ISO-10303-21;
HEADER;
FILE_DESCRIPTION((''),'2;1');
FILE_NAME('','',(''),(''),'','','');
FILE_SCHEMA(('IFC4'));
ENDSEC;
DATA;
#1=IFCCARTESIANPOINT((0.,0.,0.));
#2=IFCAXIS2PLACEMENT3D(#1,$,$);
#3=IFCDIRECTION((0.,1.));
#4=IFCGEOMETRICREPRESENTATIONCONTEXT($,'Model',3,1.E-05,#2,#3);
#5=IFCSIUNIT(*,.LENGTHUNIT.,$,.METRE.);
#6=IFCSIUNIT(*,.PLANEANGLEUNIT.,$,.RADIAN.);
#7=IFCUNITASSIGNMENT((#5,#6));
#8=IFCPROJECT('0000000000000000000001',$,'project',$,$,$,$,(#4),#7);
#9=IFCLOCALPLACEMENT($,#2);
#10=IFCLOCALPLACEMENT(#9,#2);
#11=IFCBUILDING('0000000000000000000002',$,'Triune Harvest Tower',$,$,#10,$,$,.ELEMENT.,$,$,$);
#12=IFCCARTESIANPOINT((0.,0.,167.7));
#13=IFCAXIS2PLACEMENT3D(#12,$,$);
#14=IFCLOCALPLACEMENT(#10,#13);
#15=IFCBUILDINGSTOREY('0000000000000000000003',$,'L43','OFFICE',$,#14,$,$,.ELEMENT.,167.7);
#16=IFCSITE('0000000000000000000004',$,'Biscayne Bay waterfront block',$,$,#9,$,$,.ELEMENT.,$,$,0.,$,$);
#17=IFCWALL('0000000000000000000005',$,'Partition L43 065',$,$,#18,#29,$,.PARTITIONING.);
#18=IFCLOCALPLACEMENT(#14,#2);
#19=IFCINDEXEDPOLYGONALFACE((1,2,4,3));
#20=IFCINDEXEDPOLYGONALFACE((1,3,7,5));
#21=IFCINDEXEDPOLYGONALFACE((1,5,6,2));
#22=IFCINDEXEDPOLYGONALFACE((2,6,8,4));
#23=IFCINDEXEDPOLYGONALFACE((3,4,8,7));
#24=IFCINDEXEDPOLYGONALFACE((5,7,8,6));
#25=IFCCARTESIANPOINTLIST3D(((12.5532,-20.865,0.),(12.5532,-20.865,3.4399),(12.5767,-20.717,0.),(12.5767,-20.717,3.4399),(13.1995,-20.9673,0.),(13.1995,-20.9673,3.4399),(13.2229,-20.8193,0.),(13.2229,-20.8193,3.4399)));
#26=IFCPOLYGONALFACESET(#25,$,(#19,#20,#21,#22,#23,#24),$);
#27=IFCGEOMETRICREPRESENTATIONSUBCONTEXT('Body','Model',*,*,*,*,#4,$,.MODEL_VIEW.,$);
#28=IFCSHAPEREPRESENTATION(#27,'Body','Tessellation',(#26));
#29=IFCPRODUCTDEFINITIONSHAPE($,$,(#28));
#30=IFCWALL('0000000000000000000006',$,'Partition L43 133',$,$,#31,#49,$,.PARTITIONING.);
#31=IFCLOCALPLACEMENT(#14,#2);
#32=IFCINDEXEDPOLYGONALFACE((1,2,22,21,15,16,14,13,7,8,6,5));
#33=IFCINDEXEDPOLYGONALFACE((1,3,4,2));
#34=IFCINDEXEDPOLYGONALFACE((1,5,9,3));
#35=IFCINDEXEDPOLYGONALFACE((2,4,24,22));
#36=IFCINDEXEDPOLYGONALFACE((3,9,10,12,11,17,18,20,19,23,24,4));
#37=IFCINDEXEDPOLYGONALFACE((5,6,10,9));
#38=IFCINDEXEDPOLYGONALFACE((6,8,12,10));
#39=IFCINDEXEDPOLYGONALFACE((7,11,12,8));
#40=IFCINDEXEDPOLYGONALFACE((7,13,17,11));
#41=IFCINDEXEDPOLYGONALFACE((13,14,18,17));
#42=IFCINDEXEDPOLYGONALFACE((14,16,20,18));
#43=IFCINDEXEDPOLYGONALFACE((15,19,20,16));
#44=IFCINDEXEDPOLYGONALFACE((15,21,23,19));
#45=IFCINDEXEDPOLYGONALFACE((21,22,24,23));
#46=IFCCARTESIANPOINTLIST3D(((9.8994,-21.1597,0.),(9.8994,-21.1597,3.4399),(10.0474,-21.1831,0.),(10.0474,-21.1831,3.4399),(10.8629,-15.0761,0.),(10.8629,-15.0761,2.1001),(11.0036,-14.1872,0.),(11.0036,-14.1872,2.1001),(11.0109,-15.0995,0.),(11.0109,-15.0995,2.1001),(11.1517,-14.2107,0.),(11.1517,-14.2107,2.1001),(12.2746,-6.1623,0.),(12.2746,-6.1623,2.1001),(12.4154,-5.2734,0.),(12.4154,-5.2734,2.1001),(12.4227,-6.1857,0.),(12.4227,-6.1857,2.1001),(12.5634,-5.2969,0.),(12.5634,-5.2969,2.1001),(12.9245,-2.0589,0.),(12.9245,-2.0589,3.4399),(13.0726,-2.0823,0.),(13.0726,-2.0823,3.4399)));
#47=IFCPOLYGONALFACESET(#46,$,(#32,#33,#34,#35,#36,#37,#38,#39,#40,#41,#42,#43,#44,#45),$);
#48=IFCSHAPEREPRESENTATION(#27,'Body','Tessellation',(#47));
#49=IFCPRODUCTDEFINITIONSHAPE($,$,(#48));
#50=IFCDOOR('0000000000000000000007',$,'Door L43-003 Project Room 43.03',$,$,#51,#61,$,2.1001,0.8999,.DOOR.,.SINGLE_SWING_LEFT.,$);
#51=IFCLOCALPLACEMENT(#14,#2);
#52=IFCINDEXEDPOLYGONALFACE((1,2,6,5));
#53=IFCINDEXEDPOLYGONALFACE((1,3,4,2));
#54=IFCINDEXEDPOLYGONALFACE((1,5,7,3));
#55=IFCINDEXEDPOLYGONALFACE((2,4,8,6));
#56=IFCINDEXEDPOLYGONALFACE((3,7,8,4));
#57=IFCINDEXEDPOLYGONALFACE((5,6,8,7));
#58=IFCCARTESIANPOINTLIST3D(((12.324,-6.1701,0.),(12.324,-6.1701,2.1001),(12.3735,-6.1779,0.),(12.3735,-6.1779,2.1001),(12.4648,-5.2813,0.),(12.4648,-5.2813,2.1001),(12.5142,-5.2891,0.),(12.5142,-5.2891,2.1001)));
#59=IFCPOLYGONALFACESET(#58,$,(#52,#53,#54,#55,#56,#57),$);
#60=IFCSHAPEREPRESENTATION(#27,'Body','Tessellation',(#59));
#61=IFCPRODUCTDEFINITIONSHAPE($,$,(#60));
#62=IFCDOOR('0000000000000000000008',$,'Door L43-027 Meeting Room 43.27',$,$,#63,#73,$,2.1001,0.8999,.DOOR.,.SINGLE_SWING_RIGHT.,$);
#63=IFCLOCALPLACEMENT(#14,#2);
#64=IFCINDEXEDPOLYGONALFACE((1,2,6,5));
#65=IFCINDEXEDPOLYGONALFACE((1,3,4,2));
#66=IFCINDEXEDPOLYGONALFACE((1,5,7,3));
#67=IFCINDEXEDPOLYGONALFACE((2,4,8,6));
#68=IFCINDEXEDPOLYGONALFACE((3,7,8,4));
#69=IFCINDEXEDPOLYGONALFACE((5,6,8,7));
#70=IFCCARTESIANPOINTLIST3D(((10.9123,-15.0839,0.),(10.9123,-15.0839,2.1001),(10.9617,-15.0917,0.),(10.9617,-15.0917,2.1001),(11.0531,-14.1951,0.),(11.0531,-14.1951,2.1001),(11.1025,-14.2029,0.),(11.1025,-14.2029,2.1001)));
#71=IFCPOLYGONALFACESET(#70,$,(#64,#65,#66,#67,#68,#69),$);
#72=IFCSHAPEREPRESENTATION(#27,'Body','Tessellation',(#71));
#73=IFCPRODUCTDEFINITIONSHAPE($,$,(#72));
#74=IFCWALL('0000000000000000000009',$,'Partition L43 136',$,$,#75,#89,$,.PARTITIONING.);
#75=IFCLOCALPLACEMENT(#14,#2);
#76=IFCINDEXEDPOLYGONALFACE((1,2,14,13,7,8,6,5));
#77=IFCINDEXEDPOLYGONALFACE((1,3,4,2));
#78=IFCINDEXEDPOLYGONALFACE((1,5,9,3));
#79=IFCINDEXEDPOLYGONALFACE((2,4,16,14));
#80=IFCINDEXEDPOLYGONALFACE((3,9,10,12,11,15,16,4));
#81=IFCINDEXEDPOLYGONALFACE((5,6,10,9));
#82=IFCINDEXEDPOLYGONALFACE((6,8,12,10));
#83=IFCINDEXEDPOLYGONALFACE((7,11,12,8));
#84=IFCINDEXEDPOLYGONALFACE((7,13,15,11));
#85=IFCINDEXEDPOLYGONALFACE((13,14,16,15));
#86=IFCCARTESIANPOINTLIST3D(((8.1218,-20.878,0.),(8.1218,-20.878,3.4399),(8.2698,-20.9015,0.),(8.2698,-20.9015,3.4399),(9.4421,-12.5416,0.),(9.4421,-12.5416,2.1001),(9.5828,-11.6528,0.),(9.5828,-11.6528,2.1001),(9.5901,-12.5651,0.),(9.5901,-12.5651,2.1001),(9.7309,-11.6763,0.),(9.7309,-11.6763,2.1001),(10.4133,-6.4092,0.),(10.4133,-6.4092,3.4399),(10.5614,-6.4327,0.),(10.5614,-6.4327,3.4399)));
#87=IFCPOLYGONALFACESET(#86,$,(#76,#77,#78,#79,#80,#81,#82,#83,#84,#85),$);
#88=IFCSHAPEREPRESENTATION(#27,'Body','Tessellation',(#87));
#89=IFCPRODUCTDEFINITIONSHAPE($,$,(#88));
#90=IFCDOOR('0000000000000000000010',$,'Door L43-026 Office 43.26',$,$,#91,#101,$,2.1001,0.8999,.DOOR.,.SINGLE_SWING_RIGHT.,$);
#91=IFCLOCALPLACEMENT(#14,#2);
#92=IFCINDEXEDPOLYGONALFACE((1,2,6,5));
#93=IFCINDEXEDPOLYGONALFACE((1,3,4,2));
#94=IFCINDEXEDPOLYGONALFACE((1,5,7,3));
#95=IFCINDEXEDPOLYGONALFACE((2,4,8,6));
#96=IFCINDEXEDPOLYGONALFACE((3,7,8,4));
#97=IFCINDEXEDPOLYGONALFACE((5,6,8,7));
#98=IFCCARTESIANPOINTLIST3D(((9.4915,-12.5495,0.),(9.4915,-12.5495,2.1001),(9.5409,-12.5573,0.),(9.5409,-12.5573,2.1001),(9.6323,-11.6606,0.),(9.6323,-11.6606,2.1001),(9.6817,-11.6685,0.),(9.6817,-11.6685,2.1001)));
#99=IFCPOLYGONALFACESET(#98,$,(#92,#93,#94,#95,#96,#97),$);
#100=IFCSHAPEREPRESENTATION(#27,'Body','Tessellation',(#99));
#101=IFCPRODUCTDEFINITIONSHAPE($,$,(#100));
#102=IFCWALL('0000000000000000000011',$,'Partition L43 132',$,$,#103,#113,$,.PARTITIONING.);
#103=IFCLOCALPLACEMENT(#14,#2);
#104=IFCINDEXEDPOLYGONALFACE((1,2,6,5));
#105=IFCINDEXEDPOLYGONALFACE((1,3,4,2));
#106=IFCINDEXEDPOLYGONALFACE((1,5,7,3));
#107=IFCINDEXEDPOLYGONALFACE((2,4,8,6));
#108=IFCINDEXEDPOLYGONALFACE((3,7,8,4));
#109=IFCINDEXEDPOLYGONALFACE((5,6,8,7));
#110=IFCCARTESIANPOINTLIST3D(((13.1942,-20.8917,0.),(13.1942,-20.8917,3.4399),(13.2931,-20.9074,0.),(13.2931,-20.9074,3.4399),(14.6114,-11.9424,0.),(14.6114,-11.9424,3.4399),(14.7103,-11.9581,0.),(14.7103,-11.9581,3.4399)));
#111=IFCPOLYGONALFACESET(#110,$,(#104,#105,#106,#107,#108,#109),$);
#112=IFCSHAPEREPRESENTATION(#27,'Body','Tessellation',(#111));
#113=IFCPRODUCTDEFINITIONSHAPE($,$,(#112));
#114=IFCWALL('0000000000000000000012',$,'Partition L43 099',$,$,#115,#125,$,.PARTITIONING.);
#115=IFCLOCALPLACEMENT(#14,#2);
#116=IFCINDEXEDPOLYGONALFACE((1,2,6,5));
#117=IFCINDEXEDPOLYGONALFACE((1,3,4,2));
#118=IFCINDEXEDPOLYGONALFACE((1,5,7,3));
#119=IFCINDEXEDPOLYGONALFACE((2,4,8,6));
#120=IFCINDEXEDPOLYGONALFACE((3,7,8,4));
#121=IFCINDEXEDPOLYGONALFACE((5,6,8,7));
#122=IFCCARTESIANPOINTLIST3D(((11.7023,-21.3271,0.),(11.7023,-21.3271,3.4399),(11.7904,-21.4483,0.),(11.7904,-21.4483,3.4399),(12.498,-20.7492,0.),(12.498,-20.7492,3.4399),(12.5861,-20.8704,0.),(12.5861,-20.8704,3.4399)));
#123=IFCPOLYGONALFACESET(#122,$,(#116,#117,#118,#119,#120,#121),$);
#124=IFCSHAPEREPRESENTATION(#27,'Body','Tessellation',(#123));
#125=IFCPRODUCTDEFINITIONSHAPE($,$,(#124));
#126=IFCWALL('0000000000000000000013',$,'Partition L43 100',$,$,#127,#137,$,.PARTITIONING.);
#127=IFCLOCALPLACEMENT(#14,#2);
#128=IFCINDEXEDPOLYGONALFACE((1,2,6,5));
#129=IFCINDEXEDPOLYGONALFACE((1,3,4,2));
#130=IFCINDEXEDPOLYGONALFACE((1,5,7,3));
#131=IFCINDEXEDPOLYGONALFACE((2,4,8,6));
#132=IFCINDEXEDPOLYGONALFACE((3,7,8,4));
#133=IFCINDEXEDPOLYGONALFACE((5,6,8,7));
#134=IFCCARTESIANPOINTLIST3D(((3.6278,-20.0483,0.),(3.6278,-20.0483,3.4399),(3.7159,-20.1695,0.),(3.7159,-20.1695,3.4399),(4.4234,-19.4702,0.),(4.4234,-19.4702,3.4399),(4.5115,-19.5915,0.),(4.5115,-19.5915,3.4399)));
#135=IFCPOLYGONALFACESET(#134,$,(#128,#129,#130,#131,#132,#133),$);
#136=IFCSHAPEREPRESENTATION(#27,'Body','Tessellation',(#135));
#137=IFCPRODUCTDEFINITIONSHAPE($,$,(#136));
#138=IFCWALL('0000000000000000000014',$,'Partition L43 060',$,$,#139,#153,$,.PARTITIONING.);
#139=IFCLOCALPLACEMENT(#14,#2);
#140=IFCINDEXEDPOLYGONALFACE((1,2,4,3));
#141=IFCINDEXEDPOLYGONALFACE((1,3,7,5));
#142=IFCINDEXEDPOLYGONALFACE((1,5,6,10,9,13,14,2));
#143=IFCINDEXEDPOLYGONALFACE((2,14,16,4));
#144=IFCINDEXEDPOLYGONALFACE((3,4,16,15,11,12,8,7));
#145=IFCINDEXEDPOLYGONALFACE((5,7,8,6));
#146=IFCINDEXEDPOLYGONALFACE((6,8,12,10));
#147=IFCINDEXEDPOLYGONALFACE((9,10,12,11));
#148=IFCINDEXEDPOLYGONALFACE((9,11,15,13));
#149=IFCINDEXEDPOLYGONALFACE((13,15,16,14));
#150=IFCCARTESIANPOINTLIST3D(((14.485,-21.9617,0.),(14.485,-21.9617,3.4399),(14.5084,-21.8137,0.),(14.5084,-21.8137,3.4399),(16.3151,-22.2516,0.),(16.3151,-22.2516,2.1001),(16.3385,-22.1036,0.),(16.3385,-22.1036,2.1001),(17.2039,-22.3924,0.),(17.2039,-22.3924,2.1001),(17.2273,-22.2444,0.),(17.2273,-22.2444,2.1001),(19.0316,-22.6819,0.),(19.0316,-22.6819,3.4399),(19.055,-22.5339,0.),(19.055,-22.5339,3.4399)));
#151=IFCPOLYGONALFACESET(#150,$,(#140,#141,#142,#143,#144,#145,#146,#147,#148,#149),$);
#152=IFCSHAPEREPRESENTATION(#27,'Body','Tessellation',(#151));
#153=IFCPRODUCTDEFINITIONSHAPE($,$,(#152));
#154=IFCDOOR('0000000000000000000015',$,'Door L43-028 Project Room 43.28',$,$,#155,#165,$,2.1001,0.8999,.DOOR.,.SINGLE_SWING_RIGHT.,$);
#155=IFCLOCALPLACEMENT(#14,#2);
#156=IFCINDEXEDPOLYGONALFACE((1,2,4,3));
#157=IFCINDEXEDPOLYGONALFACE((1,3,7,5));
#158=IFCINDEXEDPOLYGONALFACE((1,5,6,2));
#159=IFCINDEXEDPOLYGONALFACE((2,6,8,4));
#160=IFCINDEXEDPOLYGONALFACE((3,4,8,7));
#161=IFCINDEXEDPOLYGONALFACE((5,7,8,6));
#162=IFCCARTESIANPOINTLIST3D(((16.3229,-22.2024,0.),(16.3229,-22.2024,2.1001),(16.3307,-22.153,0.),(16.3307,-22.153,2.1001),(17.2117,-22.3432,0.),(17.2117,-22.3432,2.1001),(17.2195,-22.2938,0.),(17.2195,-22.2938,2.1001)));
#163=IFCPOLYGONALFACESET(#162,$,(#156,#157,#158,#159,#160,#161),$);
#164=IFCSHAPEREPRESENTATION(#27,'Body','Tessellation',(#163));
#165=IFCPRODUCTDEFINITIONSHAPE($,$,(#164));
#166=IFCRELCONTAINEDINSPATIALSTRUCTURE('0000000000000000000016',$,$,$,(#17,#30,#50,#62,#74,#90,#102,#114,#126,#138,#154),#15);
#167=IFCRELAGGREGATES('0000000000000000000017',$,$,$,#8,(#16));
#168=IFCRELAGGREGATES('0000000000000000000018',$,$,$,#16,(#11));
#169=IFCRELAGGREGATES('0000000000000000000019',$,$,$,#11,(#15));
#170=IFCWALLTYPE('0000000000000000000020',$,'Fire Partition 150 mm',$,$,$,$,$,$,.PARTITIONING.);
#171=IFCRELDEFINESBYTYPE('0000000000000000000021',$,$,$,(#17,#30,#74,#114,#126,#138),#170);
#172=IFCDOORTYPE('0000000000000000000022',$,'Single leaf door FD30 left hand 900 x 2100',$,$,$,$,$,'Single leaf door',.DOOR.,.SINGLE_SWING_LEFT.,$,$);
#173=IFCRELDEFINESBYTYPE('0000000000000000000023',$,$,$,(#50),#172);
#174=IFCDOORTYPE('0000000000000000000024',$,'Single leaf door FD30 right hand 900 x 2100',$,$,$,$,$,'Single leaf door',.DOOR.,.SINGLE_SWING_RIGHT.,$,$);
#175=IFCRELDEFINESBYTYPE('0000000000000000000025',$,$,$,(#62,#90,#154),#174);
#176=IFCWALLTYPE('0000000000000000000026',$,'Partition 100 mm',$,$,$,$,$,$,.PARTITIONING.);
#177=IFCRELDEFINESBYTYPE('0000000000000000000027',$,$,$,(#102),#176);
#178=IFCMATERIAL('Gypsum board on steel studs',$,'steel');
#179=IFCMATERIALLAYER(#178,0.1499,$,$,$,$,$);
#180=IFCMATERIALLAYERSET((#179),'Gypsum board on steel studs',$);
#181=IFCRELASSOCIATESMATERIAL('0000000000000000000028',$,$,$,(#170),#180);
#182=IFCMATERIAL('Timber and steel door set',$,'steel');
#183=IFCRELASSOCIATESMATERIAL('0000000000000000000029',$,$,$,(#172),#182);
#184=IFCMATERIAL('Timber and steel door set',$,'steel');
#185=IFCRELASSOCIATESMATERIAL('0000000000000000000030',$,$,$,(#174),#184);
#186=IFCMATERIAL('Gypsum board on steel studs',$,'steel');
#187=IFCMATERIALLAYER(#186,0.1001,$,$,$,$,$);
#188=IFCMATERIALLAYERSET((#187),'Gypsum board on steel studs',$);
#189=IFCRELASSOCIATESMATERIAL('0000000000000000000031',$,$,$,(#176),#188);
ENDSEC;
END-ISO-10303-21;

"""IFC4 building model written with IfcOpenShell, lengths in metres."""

from ifc_helpers import new_model, si_unit, direction, frame, frame_2d, origin, place, context, subcontext, project, spatial, rectangle, extrude, source, transform, mapped, material, layer, layer_set, type_object, element, fill, save


model = new_model("IFC4")

# Units and contexts
model_context = context("Model", 3, precision=1e-05, world=origin(), true_north=direction((0.0, 1.0)))
body_context = subcontext(model_context, "Body", "Model", "MODEL_VIEW")
ifc_project = project(units=[si_unit("LENGTHUNIT", "METRE"), si_unit("PLANEANGLEUNIT", "RADIAN")], contexts=[model_context])

# Site, building, storey
site_placement = place(None, origin())
site = spatial("IfcSite", under=ifc_project, at=site_placement, Name="Biscayne Bay waterfront block", CompositionType="ELEMENT", RefElevation=0.0)
building_placement = place(site_placement, origin())
building = spatial("IfcBuilding", under=site, at=building_placement, Name="Triune Harvest Tower", CompositionType="ELEMENT")
storey_placement = place(building_placement, frame((0.0, 0.0, 167.7)))
storey = spatial("IfcBuildingStorey", under=building, at=storey_placement, Name="L43", Description="OFFICE", CompositionType="ELEMENT", Elevation=167.7)

# Wall
ifc_material_1 = material(Name="Gypsum board on steel studs", Category="steel")
ifc_layer_1 = layer(ifc_material_1, 0.1499)
ifc_layer_set_1 = layer_set([ifc_layer_1], Name="Gypsum board on steel studs")
wall_type_1 = type_object("IfcWallType", Name="Fire Partition 150 mm", PredefinedType="PARTITIONING", material=ifc_layer_set_1)
wall_1_placement = place(storey_placement, frame((12.5649, -20.791, 0.0), z_axis=(0.0, 0.0, 1.0), x_axis=(0.987702, -0.156346, 0.0)))
element("IfcWall", 1, at=wall_1_placement, inside=storey, type_object=wall_type_1, Name="Partition L43 065", PredefinedType="PARTITIONING", context=body_context, shape_type="SweptSolid", body=[
    extrude(rectangle(XDim=0.6543, YDim=0.1499, at=frame_2d((0.3271, 0.0))), origin(), (0.0, 0.0, 1.0), 3.4399),
])

# Wall, openings, doors
wall_2_placement = place(storey_placement, frame((9.9734, -21.1714, 0.0), z_axis=(0.0, 0.0, 1.0), x_axis=(0.156428, 0.987689, 0.0)))
wall_2 = element("IfcWall", 2, at=wall_2_placement, inside=storey, type_object=wall_type_1, Name="Partition L43 133", PredefinedType="PARTITIONING", context=body_context, shape_type="SweptSolid", body=[
    extrude(rectangle(XDim=19.3389, YDim=0.1499, at=frame_2d((9.6694, 0.0))), origin(), (0.0, 0.0, 1.0), 3.4399),
])
opening_1_placement = place(wall_2_placement, frame((15.1843, 0.0, 0.0)))
opening_1 = element("IfcOpeningElement", 3, at=opening_1_placement, cuts=wall_2, PredefinedType="OPENING", context=body_context, shape_type="SweptSolid", body=[
    extrude(rectangle(XDim=0.8999, YDim=2.1001, at=frame_2d((0.45, 1.05))), frame((0.0, 0.085, 0.0), z_axis=(0.0, -1.0, 0.0), x_axis=(1.0, 0.0, 0.0)), (0.0, 0.0, 1.0), 0.1699),
])
opening_2_placement = place(wall_2_placement, frame((6.1594, 0.0, 0.0)))
opening_2 = element("IfcOpeningElement", 4, at=opening_2_placement, cuts=wall_2, PredefinedType="OPENING", context=body_context, shape_type="SweptSolid", body=[
    extrude(rectangle(XDim=0.8999, YDim=2.1001, at=frame_2d((0.45, 1.05))), frame((0.0, 0.085, 0.0), z_axis=(0.0, -1.0, 0.0), x_axis=(1.0, 0.0, 0.0)), (0.0, 0.0, 1.0), 0.1699),
])
ifc_material_2 = material(Name="Timber and steel door set", Category="steel")
door_type_1 = type_object("IfcDoorType", Name="Single leaf door FD30 left hand 900 x 2100", ElementType="Single leaf door", OperationType="SINGLE_SWING_LEFT", PredefinedType="DOOR", material=ifc_material_2)
door_1_placement = place(opening_1_placement, origin())
door_1 = element("IfcDoor", 5, at=door_1_placement, inside=storey, type_object=door_type_1, Name="Door L43-003 Project Room 43.03", OperationType="SINGLE_SWING_LEFT", OverallHeight=2.1001, OverallWidth=0.8999, PredefinedType="DOOR", context=body_context, shape_type="SweptSolid", body=[
    extrude(rectangle(XDim=0.8999, YDim=2.1001, at=frame_2d((0.45, 1.05))), frame((0.0, 0.0249, 0.0), z_axis=(0.0, -1.0, 0.0), x_axis=(1.0, 0.0, 0.0)), (0.0, 0.0, 1.0), 0.05),
])
fill(opening_1, door_1)
ifc_material_3 = material(Name="Timber and steel door set", Category="steel")
door_type_2 = type_object("IfcDoorType", Name="Single leaf door FD30 right hand 900 x 2100", ElementType="Single leaf door", OperationType="SINGLE_SWING_RIGHT", PredefinedType="DOOR", material=ifc_material_3)
door_2_placement = place(opening_2_placement, origin())
door_2 = element("IfcDoor", 6, at=door_2_placement, inside=storey, type_object=door_type_2, Name="Door L43-027 Meeting Room 43.27", OperationType="SINGLE_SWING_RIGHT", OverallHeight=2.1001, OverallWidth=0.8999, PredefinedType="DOOR", context=body_context, shape_type="SweptSolid", body=[
    extrude(rectangle(XDim=0.8999, YDim=2.1001, at=frame_2d((0.45, 1.05))), frame((0.0, 0.0249, 0.0), z_axis=(0.0, -1.0, 0.0), x_axis=(1.0, 0.0, 0.0)), (0.0, 0.0, 1.0), 0.05),
])
fill(opening_2, door_2)

# Wall, opening, door
wall_3_placement = place(storey_placement, frame((8.1958, -20.8899, 0.0), z_axis=(0.0, 0.0, 1.0), x_axis=(0.156426, 0.98769, 0.0)))
wall_3 = element("IfcWall", 7, at=wall_3_placement, inside=storey, type_object=wall_type_1, Name="Partition L43 136", PredefinedType="PARTITIONING", context=body_context, shape_type="SweptSolid", body=[
    extrude(rectangle(XDim=14.6492, YDim=0.1499, at=frame_2d((7.3247, 0.0))), origin(), (0.0, 0.0, 1.0), 3.4399),
])
opening_3_placement = place(wall_3_placement, frame((8.4404, 0.0, 0.0)))
opening_3 = element("IfcOpeningElement", 8, at=opening_3_placement, cuts=wall_3, PredefinedType="OPENING", context=body_context, shape_type="SweptSolid", body=[
    extrude(rectangle(XDim=0.8999, YDim=2.1001, at=frame_2d((0.45, 1.05))), frame((0.0, 0.085, 0.0), z_axis=(0.0, -1.0, 0.0), x_axis=(1.0, 0.0, 0.0)), (0.0, 0.0, 1.0), 0.1699),
])
door_3_placement = place(opening_3_placement, origin())
door_3 = element("IfcDoor", 9, at=door_3_placement, inside=storey, type_object=door_type_2, Name="Door L43-026 Office 43.26", OperationType="SINGLE_SWING_RIGHT", OverallHeight=2.1001, OverallWidth=0.8999, PredefinedType="DOOR", context=body_context, shape_type="SweptSolid", body=[
    extrude(rectangle(XDim=0.8999, YDim=2.1001, at=frame_2d((0.45, 1.05))), frame((0.0, 0.0249, 0.0), z_axis=(0.0, -1.0, 0.0), x_axis=(1.0, 0.0, 0.0)), (0.0, 0.0, 1.0), 0.05),
])
fill(opening_3, door_3)

# Walls
ifc_material_4 = material(Name="Gypsum board on steel studs", Category="steel")
ifc_layer_2 = layer(ifc_material_4, 0.1001)
ifc_layer_set_2 = layer_set([ifc_layer_2], Name="Gypsum board on steel studs")
wall_type_2 = type_object("IfcWallType", Name="Partition 100 mm", PredefinedType="PARTITIONING", material=ifc_layer_set_2)
wall_4_placement = place(storey_placement, frame((13.2437, -20.8994, 0.0), z_axis=(0.0, 0.0, 1.0), x_axis=(0.156415, 0.987691, 0.0)))
element("IfcWall", 10, at=wall_4_placement, inside=storey, type_object=wall_type_2, Name="Partition L43 132", PredefinedType="PARTITIONING", context=body_context, shape_type="SweptSolid", body=[
    extrude(rectangle(XDim=9.0608, YDim=0.1001, at=frame_2d((4.5303, 0.0))), origin(), (0.0, 0.0, 1.0), 3.4399),
])
shared_shape_1 = source(origin(), body_context, "Body", "SweptSolid", [
    extrude(rectangle(XDim=0.9834, YDim=0.1499, at=frame_2d((0.4917, 0.0))), origin(), (0.0, 0.0, 1.0), 3.4399),
])
for number, where, z_axis, x_axis, name in (
    (11, (11.7463, -21.3877, 0.0), (0.0, 0.0, 1.0), (0.809112, 0.587655, 0.0), "Partition L43 099"),
    (12, (3.6719, -20.1089, 0.0), (0.0, 0.0, 1.0), (0.808994, 0.587817, 0.0), "Partition L43 100"),
):
    element("IfcWall", number, at=place(storey_placement, frame(where, z_axis=z_axis, x_axis=x_axis)), inside=storey, type_object=wall_type_1, Name=name, PredefinedType="PARTITIONING", context=body_context, shape_type="MappedRepresentation", body=[
        mapped(shared_shape_1, transform((0.0, 0.0, 0.0), scale=1.0)),
    ])

# Wall, opening, door
shared_shape_2 = source(origin(), body_context, "Body", "SweptSolid", [
    extrude(rectangle(XDim=4.6033, YDim=0.1499, at=frame_2d((2.3018, 0.0))), origin(), (0.0, 0.0, 1.0), 3.4399),
])
wall_5_placement = place(storey_placement, frame((14.4966, -21.8877, 0.0), z_axis=(0.0, 0.0, 1.0), x_axis=(0.987685, -0.156455, 0.0)))
wall_5 = element("IfcWall", 13, at=wall_5_placement, inside=storey, type_object=wall_type_1, Name="Partition L43 060", PredefinedType="PARTITIONING", context=body_context, shape_type="MappedRepresentation", body=[
    mapped(shared_shape_2, transform((0.0, 0.0, 0.0), scale=1.0)),
])
opening_4_placement = place(wall_5_placement, frame((1.853, 0.0, 0.0)))
opening_4 = element("IfcOpeningElement", 14, at=opening_4_placement, cuts=wall_5, PredefinedType="OPENING", context=body_context, shape_type="SweptSolid", body=[
    extrude(rectangle(XDim=0.8999, YDim=2.1001, at=frame_2d((0.45, 1.05))), frame((0.0, 0.085, 0.0), z_axis=(0.0, -1.0, 0.0), x_axis=(1.0, 0.0, 0.0)), (0.0, 0.0, 1.0), 0.1699),
])
door_4_placement = place(opening_4_placement, origin())
door_4 = element("IfcDoor", 15, at=door_4_placement, inside=storey, type_object=door_type_2, Name="Door L43-028 Project Room 43.28", OperationType="SINGLE_SWING_RIGHT", OverallHeight=2.1001, OverallWidth=0.8999, PredefinedType="DOOR", context=body_context, shape_type="SweptSolid", body=[
    extrude(rectangle(XDim=0.8999, YDim=2.1001, at=frame_2d((0.45, 1.05))), frame((0.0, 0.0249, 0.0), z_axis=(0.0, -1.0, 0.0), x_axis=(1.0, 0.0, 0.0)), (0.0, 0.0, 1.0), 0.05),
])
fill(opening_4, door_4)

save(model, "model.ifc")
